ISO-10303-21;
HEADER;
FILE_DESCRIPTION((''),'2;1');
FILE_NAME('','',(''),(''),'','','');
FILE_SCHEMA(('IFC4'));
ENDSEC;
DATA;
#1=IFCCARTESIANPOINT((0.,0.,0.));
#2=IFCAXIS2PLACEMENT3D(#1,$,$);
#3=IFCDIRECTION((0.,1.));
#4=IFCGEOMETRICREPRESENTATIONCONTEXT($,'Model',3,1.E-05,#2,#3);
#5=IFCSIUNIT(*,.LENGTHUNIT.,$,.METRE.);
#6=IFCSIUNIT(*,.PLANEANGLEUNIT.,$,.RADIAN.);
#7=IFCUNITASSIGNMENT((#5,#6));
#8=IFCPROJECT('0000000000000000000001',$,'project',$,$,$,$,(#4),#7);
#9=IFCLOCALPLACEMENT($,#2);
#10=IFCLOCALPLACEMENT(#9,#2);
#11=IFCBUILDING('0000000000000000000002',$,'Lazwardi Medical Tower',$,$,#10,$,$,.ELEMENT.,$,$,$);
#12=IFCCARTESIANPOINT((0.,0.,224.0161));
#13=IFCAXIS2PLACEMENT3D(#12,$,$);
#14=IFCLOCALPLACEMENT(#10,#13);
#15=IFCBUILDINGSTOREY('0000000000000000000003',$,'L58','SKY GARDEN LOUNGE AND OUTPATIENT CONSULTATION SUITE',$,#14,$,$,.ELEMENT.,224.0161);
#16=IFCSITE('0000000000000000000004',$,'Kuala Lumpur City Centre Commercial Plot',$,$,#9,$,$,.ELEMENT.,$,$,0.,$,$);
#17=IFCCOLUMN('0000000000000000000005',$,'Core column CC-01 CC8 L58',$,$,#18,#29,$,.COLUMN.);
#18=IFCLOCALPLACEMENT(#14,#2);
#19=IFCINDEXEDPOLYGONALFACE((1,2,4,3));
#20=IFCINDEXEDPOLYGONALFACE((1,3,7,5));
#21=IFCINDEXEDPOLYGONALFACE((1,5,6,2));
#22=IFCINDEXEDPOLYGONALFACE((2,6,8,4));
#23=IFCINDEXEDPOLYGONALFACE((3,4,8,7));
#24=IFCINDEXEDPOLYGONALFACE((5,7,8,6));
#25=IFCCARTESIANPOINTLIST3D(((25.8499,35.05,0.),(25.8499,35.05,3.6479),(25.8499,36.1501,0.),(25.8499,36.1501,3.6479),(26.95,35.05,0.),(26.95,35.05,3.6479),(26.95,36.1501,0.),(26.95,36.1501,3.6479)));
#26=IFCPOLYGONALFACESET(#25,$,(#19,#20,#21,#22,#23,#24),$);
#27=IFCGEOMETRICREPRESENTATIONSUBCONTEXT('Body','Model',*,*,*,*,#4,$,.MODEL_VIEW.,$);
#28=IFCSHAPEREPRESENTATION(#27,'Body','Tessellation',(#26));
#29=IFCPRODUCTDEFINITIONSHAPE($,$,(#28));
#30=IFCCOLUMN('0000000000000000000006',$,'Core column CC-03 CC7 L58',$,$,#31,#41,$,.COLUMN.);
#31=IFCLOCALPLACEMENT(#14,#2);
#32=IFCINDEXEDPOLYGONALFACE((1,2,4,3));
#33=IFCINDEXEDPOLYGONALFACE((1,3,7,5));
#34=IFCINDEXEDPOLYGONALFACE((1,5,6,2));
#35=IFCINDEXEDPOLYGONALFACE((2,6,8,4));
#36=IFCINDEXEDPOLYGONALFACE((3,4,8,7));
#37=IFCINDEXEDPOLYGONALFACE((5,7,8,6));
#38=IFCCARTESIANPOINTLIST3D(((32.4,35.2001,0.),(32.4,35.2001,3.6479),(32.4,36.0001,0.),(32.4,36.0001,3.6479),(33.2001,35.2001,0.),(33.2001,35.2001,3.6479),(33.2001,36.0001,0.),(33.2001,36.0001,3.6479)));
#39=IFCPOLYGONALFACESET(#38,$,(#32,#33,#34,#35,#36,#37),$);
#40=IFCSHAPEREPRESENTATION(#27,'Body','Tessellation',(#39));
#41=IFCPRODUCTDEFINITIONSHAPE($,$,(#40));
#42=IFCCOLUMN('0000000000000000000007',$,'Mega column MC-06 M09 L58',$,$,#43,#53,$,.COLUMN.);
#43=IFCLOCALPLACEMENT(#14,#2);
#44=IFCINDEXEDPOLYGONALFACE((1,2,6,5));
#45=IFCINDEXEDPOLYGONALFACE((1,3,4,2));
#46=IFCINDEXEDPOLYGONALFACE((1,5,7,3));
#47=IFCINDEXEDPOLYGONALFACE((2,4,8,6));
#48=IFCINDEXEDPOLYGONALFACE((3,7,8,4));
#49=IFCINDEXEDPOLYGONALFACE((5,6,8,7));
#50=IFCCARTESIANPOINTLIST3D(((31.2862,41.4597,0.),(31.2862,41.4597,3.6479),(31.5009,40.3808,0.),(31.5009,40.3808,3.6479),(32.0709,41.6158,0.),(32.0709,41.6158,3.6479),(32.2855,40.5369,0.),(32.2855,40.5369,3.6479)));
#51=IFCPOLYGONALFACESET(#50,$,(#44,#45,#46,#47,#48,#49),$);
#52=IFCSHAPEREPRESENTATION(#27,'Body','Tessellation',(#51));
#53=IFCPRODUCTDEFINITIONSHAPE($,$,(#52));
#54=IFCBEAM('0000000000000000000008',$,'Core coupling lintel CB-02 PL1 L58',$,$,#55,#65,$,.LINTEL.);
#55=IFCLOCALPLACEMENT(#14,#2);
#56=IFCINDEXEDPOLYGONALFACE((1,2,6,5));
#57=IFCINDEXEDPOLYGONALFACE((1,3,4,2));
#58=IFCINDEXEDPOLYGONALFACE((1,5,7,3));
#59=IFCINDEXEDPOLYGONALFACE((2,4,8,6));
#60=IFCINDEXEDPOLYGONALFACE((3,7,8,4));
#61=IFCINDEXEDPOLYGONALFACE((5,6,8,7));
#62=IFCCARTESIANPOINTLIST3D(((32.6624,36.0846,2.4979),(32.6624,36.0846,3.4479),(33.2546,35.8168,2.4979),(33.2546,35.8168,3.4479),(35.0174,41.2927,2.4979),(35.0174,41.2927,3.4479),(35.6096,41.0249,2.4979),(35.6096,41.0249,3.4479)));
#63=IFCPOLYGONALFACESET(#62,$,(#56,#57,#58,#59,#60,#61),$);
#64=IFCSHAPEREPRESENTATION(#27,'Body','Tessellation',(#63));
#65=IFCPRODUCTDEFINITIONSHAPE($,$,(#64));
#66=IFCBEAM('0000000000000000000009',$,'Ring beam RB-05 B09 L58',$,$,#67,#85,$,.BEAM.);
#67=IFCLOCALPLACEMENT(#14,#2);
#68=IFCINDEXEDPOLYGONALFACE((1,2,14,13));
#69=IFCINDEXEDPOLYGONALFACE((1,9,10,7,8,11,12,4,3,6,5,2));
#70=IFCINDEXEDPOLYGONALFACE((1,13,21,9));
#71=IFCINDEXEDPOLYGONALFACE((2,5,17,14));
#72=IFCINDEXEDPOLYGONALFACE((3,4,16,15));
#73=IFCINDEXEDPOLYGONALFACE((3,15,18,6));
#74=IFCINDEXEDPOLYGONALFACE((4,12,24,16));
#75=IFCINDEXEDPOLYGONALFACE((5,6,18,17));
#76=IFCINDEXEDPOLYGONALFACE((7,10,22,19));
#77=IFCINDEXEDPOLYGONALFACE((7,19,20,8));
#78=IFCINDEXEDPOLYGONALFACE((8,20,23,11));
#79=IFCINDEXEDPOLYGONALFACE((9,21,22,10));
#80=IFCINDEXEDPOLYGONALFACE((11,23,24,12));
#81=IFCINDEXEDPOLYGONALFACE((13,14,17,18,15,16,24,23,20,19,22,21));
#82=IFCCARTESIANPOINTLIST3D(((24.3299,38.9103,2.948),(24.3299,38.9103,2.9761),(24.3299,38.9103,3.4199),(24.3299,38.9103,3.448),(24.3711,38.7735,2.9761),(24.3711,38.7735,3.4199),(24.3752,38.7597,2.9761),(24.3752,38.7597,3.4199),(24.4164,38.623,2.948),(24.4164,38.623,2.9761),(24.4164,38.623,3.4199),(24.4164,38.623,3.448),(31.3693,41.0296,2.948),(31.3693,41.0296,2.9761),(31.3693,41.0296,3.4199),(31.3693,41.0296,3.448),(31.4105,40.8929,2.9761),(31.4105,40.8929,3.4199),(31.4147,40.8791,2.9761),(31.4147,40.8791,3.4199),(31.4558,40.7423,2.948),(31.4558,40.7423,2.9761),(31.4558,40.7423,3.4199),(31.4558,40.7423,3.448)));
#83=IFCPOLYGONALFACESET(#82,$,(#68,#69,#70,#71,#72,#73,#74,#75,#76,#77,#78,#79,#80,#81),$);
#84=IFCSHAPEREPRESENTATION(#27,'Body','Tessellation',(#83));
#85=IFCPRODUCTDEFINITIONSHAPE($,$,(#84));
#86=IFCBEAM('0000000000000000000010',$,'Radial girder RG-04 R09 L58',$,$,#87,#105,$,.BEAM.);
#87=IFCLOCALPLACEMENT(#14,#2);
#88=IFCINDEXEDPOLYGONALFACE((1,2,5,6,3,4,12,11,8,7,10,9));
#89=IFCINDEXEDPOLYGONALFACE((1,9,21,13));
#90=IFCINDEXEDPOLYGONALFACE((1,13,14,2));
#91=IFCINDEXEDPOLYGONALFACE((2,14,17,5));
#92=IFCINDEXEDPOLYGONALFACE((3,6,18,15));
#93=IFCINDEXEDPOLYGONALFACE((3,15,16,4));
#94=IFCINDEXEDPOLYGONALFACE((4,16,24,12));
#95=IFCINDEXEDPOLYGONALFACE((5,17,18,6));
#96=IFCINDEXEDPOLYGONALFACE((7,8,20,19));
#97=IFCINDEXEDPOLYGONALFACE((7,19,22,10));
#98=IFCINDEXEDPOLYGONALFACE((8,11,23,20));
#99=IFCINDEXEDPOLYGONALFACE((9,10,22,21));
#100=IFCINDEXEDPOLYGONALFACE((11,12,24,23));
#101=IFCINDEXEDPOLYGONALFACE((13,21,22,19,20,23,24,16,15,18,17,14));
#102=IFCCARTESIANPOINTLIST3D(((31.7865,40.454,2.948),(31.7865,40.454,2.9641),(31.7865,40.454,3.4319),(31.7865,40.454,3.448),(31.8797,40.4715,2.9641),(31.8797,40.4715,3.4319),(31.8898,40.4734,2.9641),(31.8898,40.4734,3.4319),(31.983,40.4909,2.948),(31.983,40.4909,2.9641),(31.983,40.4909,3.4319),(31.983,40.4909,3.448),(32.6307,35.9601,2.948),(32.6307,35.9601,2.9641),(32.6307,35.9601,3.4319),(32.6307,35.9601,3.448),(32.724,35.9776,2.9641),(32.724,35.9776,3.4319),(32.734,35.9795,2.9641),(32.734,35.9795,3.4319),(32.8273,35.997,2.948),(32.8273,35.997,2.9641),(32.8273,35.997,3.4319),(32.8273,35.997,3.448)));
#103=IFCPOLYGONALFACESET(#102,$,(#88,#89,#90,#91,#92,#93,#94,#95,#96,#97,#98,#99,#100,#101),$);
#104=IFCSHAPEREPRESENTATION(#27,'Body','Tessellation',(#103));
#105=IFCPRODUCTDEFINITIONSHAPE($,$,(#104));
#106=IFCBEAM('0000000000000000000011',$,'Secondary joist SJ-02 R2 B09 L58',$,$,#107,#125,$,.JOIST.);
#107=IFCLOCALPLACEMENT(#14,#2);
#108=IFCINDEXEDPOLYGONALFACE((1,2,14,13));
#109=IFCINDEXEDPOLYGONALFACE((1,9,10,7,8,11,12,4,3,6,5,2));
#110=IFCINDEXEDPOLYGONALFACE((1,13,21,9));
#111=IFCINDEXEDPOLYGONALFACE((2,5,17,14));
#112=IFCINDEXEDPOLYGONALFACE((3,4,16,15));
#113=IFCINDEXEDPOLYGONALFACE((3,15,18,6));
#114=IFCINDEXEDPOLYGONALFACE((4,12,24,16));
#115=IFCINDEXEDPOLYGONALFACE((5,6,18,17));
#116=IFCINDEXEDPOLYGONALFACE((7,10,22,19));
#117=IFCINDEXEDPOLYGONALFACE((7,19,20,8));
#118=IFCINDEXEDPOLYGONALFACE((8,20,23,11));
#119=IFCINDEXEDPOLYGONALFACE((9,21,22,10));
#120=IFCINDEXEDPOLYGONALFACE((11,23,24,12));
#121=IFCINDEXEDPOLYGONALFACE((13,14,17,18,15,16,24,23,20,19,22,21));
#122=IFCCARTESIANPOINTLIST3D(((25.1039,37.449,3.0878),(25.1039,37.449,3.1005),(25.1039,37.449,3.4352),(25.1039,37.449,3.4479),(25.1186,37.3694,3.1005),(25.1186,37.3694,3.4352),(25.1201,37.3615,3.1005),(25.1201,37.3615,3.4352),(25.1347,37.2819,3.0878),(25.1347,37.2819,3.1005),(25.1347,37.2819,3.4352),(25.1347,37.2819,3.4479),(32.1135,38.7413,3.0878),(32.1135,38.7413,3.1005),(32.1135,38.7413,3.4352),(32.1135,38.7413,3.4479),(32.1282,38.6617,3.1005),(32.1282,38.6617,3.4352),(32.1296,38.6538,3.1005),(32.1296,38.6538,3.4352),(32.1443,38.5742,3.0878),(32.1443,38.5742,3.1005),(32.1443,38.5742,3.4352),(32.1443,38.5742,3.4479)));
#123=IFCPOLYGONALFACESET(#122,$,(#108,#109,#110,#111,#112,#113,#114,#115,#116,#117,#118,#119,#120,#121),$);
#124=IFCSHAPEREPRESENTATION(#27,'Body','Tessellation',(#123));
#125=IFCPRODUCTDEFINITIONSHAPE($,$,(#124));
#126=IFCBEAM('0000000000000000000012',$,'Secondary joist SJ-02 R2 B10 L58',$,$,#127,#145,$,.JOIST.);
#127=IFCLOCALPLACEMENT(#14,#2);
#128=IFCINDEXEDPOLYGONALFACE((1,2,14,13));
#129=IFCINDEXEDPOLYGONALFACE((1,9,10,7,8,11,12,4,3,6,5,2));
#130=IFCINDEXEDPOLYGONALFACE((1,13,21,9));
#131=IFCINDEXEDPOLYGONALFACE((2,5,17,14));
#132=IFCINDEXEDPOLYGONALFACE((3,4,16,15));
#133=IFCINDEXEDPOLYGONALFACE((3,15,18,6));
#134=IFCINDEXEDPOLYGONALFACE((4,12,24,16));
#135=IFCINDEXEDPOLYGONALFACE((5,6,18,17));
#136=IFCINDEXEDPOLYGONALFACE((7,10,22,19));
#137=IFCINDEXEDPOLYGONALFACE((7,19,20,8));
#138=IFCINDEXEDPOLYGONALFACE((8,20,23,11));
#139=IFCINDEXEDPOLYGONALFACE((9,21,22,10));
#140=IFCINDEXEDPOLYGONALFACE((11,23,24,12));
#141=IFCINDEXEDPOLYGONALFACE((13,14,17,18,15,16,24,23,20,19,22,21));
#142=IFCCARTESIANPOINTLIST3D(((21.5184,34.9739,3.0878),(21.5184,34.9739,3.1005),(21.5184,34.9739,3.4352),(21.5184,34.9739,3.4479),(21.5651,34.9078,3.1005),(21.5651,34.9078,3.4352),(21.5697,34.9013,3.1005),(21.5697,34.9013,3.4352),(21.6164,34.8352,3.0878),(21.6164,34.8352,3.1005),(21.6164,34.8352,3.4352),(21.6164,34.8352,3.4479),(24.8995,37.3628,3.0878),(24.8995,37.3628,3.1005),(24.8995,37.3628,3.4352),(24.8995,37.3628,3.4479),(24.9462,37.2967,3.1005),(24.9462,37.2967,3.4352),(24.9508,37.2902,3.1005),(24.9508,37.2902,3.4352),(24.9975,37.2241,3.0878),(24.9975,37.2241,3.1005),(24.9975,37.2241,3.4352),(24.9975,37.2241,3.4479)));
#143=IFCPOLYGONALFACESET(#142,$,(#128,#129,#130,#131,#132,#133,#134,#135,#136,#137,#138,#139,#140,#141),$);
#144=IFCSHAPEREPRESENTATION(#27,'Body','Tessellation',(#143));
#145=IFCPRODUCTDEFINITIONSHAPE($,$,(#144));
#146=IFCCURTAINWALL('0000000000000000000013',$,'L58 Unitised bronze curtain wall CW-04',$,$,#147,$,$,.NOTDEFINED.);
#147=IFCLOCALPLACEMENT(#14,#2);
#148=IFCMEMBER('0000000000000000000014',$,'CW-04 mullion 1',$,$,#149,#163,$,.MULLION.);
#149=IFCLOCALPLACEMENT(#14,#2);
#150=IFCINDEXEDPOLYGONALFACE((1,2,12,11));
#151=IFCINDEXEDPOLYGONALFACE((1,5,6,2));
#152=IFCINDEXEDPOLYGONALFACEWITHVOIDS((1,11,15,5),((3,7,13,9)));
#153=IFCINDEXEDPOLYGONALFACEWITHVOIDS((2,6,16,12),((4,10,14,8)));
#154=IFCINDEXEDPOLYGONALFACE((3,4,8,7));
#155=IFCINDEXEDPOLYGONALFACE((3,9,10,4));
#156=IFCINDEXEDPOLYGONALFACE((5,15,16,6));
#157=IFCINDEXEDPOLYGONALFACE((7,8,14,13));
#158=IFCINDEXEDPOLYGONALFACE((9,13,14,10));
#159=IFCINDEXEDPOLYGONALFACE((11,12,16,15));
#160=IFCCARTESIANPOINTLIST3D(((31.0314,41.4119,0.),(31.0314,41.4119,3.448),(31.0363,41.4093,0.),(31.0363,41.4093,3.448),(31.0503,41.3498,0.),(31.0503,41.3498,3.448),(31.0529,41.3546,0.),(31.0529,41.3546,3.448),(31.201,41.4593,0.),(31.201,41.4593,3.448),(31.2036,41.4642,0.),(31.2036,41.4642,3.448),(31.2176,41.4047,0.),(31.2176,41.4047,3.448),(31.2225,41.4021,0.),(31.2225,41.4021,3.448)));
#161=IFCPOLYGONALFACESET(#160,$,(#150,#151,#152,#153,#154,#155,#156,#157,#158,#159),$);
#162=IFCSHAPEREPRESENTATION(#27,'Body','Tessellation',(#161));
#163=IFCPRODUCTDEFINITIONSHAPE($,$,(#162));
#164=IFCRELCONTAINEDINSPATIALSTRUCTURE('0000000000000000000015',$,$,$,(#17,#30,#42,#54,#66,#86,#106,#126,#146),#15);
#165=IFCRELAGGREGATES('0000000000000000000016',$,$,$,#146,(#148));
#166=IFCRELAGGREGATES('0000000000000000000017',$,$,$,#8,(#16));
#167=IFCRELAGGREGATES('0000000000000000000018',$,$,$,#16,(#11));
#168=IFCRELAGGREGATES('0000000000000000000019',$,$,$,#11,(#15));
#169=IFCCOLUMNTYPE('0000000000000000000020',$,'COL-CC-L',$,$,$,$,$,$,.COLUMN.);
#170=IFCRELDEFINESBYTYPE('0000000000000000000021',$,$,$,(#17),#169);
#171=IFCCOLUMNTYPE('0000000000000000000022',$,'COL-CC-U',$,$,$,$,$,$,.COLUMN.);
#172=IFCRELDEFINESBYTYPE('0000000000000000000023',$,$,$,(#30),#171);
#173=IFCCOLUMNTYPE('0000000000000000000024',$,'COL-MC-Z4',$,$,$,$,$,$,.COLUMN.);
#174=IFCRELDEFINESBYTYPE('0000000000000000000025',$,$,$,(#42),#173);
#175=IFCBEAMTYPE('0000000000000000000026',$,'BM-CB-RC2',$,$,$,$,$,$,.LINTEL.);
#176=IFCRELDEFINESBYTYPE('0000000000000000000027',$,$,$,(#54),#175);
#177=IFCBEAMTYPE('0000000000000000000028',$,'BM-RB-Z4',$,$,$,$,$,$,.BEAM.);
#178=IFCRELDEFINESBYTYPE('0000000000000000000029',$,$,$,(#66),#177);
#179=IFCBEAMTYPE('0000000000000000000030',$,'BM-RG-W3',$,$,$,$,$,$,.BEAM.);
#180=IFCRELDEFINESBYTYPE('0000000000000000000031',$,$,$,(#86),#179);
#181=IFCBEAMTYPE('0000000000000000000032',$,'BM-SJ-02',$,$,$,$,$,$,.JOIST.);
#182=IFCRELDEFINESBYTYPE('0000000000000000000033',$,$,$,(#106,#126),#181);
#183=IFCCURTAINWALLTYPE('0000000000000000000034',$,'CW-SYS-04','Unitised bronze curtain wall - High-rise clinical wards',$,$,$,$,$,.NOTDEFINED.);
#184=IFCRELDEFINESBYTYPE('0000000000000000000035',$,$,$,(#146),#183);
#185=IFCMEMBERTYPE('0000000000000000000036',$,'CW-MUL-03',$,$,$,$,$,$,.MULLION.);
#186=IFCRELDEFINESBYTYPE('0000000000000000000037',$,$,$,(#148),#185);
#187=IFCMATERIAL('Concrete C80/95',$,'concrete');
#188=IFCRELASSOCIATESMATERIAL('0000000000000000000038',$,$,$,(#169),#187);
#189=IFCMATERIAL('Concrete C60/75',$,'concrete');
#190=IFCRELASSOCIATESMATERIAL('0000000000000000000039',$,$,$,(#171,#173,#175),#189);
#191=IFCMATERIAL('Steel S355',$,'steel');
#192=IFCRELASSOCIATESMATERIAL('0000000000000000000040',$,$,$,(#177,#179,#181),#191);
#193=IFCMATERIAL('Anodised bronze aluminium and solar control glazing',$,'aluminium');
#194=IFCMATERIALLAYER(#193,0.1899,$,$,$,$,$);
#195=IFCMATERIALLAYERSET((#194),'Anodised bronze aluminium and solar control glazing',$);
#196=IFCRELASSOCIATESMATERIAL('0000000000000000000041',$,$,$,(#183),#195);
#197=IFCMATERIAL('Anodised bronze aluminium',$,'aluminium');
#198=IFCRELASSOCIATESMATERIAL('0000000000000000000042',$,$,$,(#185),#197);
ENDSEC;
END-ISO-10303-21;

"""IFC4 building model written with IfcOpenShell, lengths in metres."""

from ifc_helpers import new_model, si_unit, direction, frame, origin, origin_2d, place, context, subcontext, project, spatial, rectangle, hollow_rectangle, i_section, extrude, material, layer, layer_set, material_profile, profile_set, type_object, element, aggregate, save


model = new_model("IFC4")

# Units and contexts
model_context = context("Model", 3, precision=1e-05, world=origin(), true_north=direction((0.0, 1.0)))
body_context = subcontext(model_context, "Body", "Model", "MODEL_VIEW")
ifc_project = project(units=[si_unit("LENGTHUNIT", "METRE"), si_unit("PLANEANGLEUNIT", "RADIAN")], contexts=[model_context])

# Site, building, storey
site_placement = place(None, origin())
site = spatial("IfcSite", under=ifc_project, at=site_placement, Name="Kuala Lumpur City Centre Commercial Plot", CompositionType="ELEMENT", RefElevation=0.0)
building_placement = place(site_placement, origin())
building = spatial("IfcBuilding", under=site, at=building_placement, Name="Lazwardi Medical Tower", CompositionType="ELEMENT")
storey_placement = place(building_placement, frame((0.0, 0.0, 224.0161)))
storey = spatial("IfcBuildingStorey", under=building, at=storey_placement, Name="L58", Description="SKY GARDEN LOUNGE AND OUTPATIENT CONSULTATION SUITE", CompositionType="ELEMENT", Elevation=224.0161)

# Columns
ifc_material_1 = material(Name="Concrete C80/95", Category="concrete")
ifc_material_profile_1 = material_profile(ifc_material_1, rectangle(XDim=1.1001, YDim=1.1001, at=origin_2d()), Name="RC 1100x1100")
ifc_profile_set_1 = profile_set([ifc_material_profile_1], Name="Concrete C80/95")
column_type_1 = type_object("IfcColumnType", Name="COL-CC-L", PredefinedType="COLUMN", material=ifc_profile_set_1)
column_1_placement = place(storey_placement, frame((26.3999, 35.6001, 0.0), z_axis=(0.0, 0.0, 1.0), x_axis=(1.0, 0.0, 0.0)))
element("IfcColumn", 1, at=column_1_placement, inside=storey, type_object=column_type_1, Name="Core column CC-01 CC8 L58", PredefinedType="COLUMN", context=body_context, shape_type="SweptSolid", body=[
    extrude(rectangle(XDim=1.1001, YDim=1.1001, at=origin_2d()), origin(), (0.0, 0.0, 1.0), 3.6479),
])
ifc_material_2 = material(Name="Concrete C60/75", Category="concrete")
ifc_material_profile_2 = material_profile(ifc_material_2, rectangle(XDim=0.8, YDim=0.8, at=origin_2d()), Name="RC 800x800")
ifc_profile_set_2 = profile_set([ifc_material_profile_2], Name="Concrete C60/75")
column_type_2 = type_object("IfcColumnType", Name="COL-CC-U", PredefinedType="COLUMN", material=ifc_profile_set_2)
column_2_placement = place(storey_placement, frame((32.8, 35.6001, 0.0), z_axis=(0.0, 0.0, 1.0), x_axis=(1.0, 0.0, 0.0)))
element("IfcColumn", 2, at=column_2_placement, inside=storey, type_object=column_type_2, Name="Core column CC-03 CC7 L58", PredefinedType="COLUMN", context=body_context, shape_type="SweptSolid", body=[
    extrude(rectangle(XDim=0.8, YDim=0.8, at=origin_2d()), origin(), (0.0, 0.0, 1.0), 3.6479),
])
ifc_material_profile_3 = material_profile(ifc_material_2, rectangle(XDim=1.1001, YDim=0.8, at=origin_2d()), Name="CFT-RECT 1100x800")
ifc_profile_set_3 = profile_set([ifc_material_profile_3], Name="Concrete C60/75")
column_type_3 = type_object("IfcColumnType", Name="COL-MC-Z4", PredefinedType="COLUMN", material=ifc_profile_set_3)
column_3_placement = place(storey_placement, frame((31.7859, 40.9983, 0.0), z_axis=(0.0, 0.0, 1.0), x_axis=(-0.19509, 0.980785, 0.0)))
element("IfcColumn", 3, at=column_3_placement, inside=storey, type_object=column_type_3, Name="Mega column MC-06 M09 L58", PredefinedType="COLUMN", context=body_context, shape_type="SweptSolid", body=[
    extrude(rectangle(XDim=1.1001, YDim=0.8, at=origin_2d()), origin(), (0.0, 0.0, 1.0), 3.6479),
])

# Beams
ifc_material_profile_4 = material_profile(ifc_material_2, rectangle(XDim=0.6499, YDim=0.95, at=origin_2d()), Name="RC 650x950")
ifc_profile_set_4 = profile_set([ifc_material_profile_4], Name="Concrete C60/75")
beam_type_1 = type_object("IfcBeamType", Name="BM-CB-RC2", PredefinedType="LINTEL", material=ifc_profile_set_4)
beam_1_placement = place(storey_placement, frame((32.9585, 35.9507, 2.9729), z_axis=(0.412019, 0.911175, 0.0), x_axis=(-0.911175, 0.412019, 0.0)))
element("IfcBeam", 4, at=beam_1_placement, inside=storey, type_object=beam_type_1, Name="Core coupling lintel CB-02 PL1 L58", PredefinedType="LINTEL", context=body_context, shape_type="SweptSolid", body=[
    extrude(rectangle(XDim=0.6499, YDim=0.95, at=origin_2d()), origin(), (0.0, 0.0, 1.0), 5.7158),
])
ifc_material_3 = material(Name="Steel S355", Category="steel")
ifc_material_profile_5 = material_profile(ifc_material_3, i_section(OverallWidth=0.3, OverallDepth=0.5, WebThickness=0.0144, FlangeThickness=0.0281, at=origin_2d()), Name="HEB 500")
ifc_profile_set_5 = profile_set([ifc_material_profile_5], Name="Steel S355")
beam_type_2 = type_object("IfcBeamType", Name="BM-RB-Z4", PredefinedType="BEAM", material=ifc_profile_set_5)
beam_2_placement = place(storey_placement, frame((31.4126, 40.886, 3.198), z_axis=(-0.957544, -0.288286, 0.0), x_axis=(0.288286, -0.957544, 0.0)))
element("IfcBeam", 5, at=beam_2_placement, inside=storey, type_object=beam_type_2, Name="Ring beam RB-05 B09 L58", PredefinedType="BEAM", context=body_context, shape_type="SweptSolid", body=[
    extrude(i_section(OverallWidth=0.3, OverallDepth=0.5, WebThickness=0.0144, FlangeThickness=0.0281, at=origin_2d()), origin(), (0.0, 0.0, 1.0), 7.3516),
])
ifc_material_profile_6 = material_profile(ifc_material_3, i_section(OverallWidth=0.2, OverallDepth=0.5, WebThickness=0.0103, FlangeThickness=0.0161, at=origin_2d()), Name="IPE 500")
ifc_profile_set_6 = profile_set([ifc_material_profile_6], Name="Steel S355")
beam_type_3 = type_object("IfcBeamType", Name="BM-RG-W3", PredefinedType="BEAM", material=ifc_profile_set_6)
beam_3_placement = place(storey_placement, frame((31.8848, 40.4724, 3.198), z_axis=(0.184633, -0.982807, 0.0), x_axis=(0.982807, 0.184633, 0.0)))
element("IfcBeam", 6, at=beam_3_placement, inside=storey, type_object=beam_type_3, Name="Radial girder RG-04 R09 L58", PredefinedType="BEAM", context=body_context, shape_type="SweptSolid", body=[
    extrude(i_section(OverallWidth=0.2, OverallDepth=0.5, WebThickness=0.0103, FlangeThickness=0.0161, at=origin_2d()), origin(), (0.0, 0.0, 1.0), 4.5725),
])
ifc_material_profile_7 = material_profile(ifc_material_3, i_section(OverallWidth=0.1699, OverallDepth=0.3601, WebThickness=0.0081, FlangeThickness=0.0127, at=origin_2d()), Name="IPE 360")
ifc_profile_set_7 = profile_set([ifc_material_profile_7], Name="Steel S355")
beam_type_4 = type_object("IfcBeamType", Name="BM-SJ-02", PredefinedType="JOIST", material=ifc_profile_set_7)
beam_4_placement = place(storey_placement, frame((32.1289, 38.6577, 3.2678), z_axis=(-0.983428, -0.181299, 0.0), x_axis=(0.181299, -0.983428, 0.0)))
element("IfcBeam", 7, at=beam_4_placement, inside=storey, type_object=beam_type_4, Name="Secondary joist SJ-02 R2 B09 L58", PredefinedType="JOIST", context=body_context, shape_type="SweptSolid", body=[
    extrude(i_section(OverallWidth=0.1699, OverallDepth=0.3601, WebThickness=0.0081, FlangeThickness=0.0127, at=origin_2d()), origin(), (0.0, 0.0, 1.0), 7.1277),
])
beam_5_placement = place(storey_placement, frame((24.9485, 37.2935, 3.2678), z_axis=(-0.816711, -0.577047, 0.0), x_axis=(0.577047, -0.816711, 0.0)))
element("IfcBeam", 8, at=beam_5_placement, inside=storey, type_object=beam_type_4, Name="Secondary joist SJ-02 R2 B10 L58", PredefinedType="JOIST", context=body_context, shape_type="SweptSolid", body=[
    extrude(i_section(OverallWidth=0.1699, OverallDepth=0.3601, WebThickness=0.0081, FlangeThickness=0.0127, at=origin_2d()), origin(), (0.0, 0.0, 1.0), 4.1399),
])

# Curtain wall, member
ifc_material_4 = material(Name="Anodised bronze aluminium and solar control glazing", Category="aluminium")
ifc_layer_1 = layer(ifc_material_4, 0.1899)
ifc_layer_set_1 = layer_set([ifc_layer_1], Name="Anodised bronze aluminium and solar control glazing")
curtain_wall_type = type_object("IfcCurtainWallType", Name="CW-SYS-04", Description="Unitised bronze curtain wall - High-rise clinical wards", PredefinedType="NOTDEFINED", material=ifc_layer_set_1)
curtain_wall_placement = place(storey_placement, origin())
curtain_wall = element("IfcCurtainWall", 9, at=curtain_wall_placement, inside=storey, type_object=curtain_wall_type, Name="L58 Unitised bronze curtain wall CW-04", PredefinedType="NOTDEFINED")
ifc_material_5 = material(Name="Anodised bronze aluminium", Category="aluminium")
ifc_material_profile_8 = material_profile(ifc_material_5, hollow_rectangle(XDim=0.0649, YDim=0.1799, WallThickness=0.0039, at=origin_2d()), Name="ALU-MULLION 180x65x4")
ifc_profile_set_8 = profile_set([ifc_material_profile_8], Name="Anodised bronze aluminium")
member_type_1 = type_object("IfcMemberType", Name="CW-MUL-03", PredefinedType="MULLION", material=ifc_profile_set_8)
member_1_placement = place(storey_placement, frame((31.127, 41.407, 0.0), z_axis=(0.0, 0.0, 1.0), x_axis=(0.290582, -0.95685, 0.0)))
member_1 = element("IfcMember", 10, at=member_1_placement, type_object=member_type_1, Name="CW-04 mullion 1", PredefinedType="MULLION", context=body_context, shape_type="SweptSolid", body=[
    extrude(hollow_rectangle(XDim=0.0649, YDim=0.1799, WallThickness=0.0039, at=origin_2d()), origin(), (0.0, 0.0, 1.0), 3.448),
])
aggregate(curtain_wall, [member_1])

save(model, "model.ifc")
